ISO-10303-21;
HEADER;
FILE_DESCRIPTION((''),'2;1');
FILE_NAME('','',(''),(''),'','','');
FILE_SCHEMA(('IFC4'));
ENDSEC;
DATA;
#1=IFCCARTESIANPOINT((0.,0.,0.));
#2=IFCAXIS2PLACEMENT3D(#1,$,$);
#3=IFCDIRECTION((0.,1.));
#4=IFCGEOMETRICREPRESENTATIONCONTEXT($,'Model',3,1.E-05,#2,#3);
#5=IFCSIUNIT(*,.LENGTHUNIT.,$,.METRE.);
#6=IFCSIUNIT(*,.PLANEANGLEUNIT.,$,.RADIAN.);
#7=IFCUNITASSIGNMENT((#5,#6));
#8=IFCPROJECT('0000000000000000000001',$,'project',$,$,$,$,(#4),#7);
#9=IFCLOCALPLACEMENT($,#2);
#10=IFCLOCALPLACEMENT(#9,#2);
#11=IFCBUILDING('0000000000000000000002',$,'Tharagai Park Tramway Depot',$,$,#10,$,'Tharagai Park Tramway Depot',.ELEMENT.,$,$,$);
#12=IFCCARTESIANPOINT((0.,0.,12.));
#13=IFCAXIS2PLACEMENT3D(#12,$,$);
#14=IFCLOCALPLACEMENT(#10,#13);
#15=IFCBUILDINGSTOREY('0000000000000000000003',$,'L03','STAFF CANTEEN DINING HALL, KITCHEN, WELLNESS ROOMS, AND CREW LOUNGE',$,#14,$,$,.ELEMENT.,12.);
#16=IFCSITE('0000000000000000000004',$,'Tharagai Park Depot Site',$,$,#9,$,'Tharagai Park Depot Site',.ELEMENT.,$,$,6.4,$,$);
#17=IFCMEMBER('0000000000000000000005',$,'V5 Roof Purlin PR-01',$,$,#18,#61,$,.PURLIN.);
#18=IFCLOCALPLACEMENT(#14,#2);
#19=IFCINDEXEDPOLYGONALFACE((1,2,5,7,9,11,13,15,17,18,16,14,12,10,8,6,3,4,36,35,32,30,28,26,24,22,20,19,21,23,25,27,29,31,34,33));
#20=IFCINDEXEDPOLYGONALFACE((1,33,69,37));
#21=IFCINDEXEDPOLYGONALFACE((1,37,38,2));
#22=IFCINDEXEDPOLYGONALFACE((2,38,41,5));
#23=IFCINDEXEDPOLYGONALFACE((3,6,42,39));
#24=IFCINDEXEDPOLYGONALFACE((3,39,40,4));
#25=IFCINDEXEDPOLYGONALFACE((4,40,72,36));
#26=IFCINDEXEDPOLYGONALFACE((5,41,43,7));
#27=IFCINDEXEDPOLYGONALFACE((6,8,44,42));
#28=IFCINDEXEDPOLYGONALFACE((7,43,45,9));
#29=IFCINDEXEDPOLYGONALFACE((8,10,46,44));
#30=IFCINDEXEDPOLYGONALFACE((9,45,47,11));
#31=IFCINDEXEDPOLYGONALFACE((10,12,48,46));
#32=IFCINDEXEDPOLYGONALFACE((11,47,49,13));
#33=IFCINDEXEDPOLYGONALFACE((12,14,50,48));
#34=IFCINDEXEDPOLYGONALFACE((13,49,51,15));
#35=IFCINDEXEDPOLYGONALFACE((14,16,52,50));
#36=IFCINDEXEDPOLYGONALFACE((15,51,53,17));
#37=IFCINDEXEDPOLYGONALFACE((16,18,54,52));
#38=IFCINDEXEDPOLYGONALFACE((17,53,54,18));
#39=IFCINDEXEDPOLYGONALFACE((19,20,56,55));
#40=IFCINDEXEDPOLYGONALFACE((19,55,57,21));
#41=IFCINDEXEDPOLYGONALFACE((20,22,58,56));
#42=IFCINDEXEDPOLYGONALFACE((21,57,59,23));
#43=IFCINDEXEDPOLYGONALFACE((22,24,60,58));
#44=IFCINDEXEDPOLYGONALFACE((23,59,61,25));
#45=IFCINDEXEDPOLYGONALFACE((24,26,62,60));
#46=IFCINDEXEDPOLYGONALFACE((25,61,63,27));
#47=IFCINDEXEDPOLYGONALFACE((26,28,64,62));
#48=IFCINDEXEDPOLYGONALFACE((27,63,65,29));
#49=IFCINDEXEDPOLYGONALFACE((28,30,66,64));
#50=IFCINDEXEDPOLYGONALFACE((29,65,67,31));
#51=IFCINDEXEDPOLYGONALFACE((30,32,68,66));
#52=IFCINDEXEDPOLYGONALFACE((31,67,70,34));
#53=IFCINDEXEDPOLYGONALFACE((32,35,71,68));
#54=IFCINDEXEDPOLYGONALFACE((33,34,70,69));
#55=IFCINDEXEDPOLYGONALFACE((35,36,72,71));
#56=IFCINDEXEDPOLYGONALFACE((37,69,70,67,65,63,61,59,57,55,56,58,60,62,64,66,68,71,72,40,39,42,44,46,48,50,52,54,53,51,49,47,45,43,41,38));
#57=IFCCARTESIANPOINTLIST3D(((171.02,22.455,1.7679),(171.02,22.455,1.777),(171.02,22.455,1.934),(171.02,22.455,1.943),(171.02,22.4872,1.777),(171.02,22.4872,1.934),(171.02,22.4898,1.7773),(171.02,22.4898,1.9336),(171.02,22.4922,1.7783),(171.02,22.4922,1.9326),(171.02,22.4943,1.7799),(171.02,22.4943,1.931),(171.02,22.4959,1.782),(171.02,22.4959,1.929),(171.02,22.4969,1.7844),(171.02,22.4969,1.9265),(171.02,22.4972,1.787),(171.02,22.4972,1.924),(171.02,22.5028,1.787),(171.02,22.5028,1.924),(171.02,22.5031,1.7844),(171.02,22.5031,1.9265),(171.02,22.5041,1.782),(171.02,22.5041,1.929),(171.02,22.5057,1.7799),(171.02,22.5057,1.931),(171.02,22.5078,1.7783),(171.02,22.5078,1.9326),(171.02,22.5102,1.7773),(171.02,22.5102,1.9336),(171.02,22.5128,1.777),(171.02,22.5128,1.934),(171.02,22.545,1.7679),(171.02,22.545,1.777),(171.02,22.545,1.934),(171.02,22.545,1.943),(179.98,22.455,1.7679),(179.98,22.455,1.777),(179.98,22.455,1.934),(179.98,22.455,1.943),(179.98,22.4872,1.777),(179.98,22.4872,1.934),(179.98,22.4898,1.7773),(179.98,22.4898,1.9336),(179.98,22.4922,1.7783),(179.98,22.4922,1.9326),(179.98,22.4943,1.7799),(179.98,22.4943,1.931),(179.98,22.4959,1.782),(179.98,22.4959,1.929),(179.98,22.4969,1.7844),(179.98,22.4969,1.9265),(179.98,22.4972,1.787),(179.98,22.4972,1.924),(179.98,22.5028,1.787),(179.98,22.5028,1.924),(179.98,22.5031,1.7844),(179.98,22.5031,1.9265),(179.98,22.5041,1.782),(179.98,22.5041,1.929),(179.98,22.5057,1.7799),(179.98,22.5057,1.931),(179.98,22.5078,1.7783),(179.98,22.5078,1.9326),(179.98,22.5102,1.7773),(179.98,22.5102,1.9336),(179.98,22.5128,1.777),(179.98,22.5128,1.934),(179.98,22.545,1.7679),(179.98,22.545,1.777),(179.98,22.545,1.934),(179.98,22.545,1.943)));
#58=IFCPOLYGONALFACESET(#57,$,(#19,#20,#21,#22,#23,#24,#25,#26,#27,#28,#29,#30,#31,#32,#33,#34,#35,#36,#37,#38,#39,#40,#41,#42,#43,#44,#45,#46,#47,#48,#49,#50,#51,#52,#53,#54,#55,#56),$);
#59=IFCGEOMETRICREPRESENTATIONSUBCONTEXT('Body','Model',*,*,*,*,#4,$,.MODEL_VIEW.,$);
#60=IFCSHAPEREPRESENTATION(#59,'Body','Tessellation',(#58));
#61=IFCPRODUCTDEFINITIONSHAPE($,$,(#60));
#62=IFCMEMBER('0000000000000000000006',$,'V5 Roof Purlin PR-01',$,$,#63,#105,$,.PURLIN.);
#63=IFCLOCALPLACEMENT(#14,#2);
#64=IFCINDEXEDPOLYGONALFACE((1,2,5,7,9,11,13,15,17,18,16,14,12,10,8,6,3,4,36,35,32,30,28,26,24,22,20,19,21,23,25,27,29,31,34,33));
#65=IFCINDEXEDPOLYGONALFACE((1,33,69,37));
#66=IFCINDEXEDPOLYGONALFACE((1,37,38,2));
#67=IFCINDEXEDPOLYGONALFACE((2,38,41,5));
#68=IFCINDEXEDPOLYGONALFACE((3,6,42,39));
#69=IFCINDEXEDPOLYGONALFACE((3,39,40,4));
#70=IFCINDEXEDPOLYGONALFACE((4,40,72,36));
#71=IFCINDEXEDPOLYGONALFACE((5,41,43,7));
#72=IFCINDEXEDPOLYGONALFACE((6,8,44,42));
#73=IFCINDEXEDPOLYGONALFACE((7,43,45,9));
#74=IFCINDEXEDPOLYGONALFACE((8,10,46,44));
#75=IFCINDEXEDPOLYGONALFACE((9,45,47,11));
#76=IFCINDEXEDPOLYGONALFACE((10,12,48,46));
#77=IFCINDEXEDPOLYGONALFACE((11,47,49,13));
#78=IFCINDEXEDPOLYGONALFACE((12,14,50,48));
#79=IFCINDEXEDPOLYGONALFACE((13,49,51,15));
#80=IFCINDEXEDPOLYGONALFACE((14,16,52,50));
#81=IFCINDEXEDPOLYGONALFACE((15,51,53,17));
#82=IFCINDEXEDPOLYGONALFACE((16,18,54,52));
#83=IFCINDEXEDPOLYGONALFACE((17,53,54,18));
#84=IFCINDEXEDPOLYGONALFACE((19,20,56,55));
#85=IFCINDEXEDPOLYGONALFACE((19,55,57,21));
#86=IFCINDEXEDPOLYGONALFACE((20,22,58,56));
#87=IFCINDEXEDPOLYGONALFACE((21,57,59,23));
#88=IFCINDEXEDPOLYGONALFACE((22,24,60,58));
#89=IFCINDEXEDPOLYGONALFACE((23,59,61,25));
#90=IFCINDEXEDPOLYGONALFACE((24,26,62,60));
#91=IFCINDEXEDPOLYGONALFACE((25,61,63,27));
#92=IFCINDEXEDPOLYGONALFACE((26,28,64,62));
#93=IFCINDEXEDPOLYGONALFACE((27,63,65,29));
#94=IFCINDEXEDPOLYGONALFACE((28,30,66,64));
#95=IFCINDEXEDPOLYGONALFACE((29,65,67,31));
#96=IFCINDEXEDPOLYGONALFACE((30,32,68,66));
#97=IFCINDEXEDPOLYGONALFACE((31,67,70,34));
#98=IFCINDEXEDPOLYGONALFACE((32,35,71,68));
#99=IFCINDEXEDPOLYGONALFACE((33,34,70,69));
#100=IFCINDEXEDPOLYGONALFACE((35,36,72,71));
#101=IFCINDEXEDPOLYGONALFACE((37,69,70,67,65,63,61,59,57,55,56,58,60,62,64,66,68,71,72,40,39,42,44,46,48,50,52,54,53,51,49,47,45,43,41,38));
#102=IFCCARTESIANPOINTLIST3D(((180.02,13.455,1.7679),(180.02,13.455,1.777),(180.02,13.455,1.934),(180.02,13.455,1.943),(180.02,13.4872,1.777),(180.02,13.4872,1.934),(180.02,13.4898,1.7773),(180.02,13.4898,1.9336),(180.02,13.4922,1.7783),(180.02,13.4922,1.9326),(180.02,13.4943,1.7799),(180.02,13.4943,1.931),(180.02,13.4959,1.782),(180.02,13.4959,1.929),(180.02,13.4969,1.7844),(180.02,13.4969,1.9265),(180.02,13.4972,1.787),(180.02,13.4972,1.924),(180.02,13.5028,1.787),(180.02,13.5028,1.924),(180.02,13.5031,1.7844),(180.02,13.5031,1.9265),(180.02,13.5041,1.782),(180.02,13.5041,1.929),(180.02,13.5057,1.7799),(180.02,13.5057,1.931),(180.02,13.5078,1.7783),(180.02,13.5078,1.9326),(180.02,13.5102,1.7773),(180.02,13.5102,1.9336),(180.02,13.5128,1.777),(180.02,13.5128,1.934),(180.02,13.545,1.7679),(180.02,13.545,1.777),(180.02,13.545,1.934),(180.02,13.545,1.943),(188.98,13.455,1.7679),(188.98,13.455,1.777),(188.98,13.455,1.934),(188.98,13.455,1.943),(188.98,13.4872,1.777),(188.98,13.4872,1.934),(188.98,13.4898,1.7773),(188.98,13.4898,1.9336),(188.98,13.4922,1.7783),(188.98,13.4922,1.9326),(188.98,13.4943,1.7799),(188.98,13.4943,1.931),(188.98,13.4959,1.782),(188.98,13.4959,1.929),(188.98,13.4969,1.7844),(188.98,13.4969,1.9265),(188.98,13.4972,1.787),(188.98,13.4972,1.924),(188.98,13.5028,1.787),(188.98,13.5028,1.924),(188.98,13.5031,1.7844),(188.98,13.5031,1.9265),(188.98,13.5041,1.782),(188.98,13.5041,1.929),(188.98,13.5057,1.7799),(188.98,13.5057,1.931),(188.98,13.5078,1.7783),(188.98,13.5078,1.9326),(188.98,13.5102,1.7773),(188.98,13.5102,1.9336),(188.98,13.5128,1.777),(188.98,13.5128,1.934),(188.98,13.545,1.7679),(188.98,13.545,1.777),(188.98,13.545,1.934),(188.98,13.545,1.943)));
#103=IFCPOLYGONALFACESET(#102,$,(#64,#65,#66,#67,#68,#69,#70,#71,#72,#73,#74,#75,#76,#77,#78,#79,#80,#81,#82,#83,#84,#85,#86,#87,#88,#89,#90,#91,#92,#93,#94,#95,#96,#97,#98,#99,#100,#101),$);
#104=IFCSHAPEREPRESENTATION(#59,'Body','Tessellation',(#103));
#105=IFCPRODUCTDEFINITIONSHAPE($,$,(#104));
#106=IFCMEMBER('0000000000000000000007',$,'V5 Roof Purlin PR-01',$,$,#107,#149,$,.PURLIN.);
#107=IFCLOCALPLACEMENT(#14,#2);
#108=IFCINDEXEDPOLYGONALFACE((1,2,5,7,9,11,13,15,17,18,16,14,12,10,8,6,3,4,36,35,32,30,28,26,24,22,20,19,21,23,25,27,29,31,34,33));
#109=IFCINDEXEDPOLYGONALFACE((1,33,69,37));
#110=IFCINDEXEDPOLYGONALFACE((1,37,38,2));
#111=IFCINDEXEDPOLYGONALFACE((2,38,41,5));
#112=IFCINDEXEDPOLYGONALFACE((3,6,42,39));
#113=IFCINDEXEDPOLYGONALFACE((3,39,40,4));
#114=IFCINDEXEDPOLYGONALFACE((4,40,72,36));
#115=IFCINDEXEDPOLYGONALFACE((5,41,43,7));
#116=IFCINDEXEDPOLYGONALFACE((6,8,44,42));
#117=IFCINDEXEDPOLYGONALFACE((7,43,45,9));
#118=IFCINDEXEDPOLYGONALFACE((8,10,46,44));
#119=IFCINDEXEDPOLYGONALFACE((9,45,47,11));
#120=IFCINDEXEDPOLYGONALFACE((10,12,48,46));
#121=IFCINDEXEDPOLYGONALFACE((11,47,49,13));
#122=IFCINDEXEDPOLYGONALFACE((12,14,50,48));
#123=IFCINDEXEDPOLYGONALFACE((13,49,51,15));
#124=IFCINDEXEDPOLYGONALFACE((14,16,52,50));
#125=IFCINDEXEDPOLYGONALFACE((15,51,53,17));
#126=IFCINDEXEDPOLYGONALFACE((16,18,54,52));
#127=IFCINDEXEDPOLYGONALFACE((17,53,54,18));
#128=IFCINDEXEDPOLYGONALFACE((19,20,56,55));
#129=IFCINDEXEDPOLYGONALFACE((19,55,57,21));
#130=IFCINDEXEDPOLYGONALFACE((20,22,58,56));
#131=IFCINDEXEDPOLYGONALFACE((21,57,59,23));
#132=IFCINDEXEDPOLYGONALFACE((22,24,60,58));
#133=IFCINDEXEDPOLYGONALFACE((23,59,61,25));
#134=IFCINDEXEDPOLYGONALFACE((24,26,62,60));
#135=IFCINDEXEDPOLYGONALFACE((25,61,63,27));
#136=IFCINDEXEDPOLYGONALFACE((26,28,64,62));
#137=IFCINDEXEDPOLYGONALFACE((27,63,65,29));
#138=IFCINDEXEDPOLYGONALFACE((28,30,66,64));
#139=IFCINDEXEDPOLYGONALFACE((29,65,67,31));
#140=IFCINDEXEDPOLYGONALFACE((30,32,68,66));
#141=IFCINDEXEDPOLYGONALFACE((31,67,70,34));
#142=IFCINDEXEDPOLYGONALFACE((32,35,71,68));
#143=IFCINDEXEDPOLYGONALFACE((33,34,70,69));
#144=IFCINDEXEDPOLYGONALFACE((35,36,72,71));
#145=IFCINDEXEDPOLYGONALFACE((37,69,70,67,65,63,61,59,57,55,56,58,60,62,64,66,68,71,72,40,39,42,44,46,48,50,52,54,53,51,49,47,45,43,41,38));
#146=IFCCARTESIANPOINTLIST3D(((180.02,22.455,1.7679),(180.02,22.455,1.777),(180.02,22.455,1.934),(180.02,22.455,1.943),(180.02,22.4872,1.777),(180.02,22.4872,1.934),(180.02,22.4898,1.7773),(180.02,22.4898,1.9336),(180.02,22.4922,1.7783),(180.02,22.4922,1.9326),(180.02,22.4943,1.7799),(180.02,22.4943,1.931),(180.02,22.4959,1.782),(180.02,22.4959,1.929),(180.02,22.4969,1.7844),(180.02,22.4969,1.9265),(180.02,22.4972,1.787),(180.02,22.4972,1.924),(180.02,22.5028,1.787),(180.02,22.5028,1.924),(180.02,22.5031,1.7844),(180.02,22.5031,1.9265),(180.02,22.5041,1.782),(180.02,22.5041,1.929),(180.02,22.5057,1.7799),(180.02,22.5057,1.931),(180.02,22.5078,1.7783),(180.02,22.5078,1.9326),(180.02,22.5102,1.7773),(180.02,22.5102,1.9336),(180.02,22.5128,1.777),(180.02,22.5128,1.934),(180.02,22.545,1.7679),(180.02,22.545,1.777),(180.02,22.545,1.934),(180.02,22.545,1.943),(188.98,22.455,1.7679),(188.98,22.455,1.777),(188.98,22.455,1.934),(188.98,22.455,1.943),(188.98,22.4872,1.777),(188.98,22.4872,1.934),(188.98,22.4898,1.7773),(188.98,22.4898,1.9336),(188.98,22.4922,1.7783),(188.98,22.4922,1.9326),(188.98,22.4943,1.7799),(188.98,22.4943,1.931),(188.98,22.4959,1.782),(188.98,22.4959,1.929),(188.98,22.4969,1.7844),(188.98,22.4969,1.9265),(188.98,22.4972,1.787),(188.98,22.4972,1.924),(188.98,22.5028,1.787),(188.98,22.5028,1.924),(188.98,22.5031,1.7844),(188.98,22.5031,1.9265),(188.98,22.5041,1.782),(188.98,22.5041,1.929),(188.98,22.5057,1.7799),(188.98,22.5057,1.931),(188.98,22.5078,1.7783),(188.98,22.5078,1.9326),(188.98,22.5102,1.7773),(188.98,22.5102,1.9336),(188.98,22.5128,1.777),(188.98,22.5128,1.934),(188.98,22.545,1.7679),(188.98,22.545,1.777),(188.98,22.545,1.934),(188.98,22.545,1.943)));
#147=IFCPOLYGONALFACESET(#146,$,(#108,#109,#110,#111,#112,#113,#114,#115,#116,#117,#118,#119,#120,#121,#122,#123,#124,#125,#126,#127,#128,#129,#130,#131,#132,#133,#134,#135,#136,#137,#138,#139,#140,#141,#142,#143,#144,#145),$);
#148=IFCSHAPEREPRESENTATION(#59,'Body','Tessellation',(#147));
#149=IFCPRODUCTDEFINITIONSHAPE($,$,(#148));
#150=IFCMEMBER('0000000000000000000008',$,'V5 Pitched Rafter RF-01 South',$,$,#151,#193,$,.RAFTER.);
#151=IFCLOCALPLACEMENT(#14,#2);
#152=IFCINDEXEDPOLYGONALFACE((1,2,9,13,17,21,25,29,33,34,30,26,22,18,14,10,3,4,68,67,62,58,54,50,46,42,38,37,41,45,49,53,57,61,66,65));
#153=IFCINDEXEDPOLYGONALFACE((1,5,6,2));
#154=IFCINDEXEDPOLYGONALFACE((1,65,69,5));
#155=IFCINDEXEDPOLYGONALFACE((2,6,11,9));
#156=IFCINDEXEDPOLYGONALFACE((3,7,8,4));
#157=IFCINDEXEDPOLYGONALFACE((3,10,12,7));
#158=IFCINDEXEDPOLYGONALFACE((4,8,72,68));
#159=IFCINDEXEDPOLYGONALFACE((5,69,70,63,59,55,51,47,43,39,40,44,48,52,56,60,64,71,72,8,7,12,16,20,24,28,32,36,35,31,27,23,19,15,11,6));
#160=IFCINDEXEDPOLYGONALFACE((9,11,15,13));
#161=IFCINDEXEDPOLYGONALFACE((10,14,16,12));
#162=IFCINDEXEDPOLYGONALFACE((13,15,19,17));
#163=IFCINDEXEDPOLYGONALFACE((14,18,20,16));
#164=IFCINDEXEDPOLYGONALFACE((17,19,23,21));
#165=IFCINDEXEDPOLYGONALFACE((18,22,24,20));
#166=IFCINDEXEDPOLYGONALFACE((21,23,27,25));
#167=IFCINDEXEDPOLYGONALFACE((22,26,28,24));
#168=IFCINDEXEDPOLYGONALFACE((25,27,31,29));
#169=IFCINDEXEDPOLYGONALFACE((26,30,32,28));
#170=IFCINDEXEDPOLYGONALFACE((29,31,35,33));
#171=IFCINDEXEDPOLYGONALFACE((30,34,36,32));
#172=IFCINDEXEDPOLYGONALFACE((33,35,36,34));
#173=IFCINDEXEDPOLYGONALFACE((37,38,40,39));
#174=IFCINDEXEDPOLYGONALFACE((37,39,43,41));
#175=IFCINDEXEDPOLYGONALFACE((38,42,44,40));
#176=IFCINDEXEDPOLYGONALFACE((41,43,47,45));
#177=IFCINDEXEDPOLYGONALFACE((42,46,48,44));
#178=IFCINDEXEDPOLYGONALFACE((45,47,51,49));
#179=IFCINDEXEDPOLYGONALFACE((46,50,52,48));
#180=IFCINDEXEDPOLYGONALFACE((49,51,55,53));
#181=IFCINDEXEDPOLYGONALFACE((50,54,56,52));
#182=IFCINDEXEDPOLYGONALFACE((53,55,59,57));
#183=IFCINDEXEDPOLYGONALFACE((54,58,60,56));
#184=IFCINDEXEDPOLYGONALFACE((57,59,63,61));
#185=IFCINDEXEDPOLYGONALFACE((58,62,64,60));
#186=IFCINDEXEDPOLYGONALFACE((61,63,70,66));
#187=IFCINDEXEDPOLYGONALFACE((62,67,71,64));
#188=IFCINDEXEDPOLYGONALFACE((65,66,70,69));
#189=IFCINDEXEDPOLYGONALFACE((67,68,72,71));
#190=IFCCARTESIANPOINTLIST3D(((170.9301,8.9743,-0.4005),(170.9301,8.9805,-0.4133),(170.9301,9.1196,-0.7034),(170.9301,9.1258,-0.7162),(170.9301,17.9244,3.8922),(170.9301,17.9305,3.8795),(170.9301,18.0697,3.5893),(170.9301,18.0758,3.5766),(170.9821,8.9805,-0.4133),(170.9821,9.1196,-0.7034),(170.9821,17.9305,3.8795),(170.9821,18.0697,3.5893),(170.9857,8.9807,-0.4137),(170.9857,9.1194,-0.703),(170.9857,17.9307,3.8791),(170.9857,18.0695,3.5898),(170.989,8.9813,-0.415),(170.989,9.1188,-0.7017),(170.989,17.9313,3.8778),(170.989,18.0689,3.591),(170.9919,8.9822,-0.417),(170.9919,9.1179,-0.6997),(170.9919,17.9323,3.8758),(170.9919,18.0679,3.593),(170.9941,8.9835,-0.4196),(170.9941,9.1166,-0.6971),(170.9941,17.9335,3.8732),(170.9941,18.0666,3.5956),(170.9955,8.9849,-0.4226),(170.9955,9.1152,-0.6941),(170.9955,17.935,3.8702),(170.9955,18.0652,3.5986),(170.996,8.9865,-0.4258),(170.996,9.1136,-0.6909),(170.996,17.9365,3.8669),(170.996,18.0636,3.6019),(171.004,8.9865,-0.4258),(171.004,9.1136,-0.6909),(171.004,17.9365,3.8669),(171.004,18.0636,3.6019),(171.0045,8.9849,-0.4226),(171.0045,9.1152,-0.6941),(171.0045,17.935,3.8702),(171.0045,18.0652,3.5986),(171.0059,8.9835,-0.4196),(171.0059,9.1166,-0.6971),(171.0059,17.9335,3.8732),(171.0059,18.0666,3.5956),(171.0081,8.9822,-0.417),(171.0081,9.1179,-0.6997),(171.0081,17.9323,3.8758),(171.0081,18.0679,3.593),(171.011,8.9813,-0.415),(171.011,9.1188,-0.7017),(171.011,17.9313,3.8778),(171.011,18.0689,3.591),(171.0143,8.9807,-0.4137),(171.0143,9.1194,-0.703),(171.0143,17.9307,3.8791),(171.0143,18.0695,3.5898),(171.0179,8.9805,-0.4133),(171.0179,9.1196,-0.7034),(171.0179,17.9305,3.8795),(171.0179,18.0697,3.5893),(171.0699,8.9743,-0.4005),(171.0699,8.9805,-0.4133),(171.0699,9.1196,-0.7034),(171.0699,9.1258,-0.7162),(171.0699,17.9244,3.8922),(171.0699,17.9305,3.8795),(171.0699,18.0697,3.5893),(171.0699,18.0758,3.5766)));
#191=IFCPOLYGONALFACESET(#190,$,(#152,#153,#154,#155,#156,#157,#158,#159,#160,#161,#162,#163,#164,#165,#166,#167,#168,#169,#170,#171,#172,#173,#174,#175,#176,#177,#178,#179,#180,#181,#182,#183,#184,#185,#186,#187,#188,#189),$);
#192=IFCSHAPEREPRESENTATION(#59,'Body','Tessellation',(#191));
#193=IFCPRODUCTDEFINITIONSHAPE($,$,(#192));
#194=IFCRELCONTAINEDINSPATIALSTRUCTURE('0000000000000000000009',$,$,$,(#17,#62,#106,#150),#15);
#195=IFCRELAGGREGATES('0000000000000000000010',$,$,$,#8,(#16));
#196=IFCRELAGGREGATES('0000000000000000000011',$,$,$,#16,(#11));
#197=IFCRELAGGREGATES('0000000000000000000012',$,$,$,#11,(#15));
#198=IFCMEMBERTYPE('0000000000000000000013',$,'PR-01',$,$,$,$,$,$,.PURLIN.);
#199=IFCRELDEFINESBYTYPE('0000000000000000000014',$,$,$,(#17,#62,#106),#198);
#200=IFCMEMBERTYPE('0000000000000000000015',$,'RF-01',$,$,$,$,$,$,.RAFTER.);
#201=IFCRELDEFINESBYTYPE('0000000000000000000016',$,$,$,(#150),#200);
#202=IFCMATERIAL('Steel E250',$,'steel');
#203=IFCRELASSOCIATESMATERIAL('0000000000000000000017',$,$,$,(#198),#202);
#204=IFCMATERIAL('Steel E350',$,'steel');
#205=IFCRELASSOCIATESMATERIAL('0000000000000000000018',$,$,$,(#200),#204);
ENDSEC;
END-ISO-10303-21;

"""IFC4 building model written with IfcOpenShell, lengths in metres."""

from ifc_helpers import new_model, si_unit, direction, frame, origin, origin_2d, place, context, subcontext, project, spatial, i_section, extrude, material, material_profile, profile_set, type_object, element, save


model = new_model("IFC4")

# Units and contexts
model_context = context("Model", 3, precision=1e-05, world=origin(), true_north=direction((0.0, 1.0)))
body_context = subcontext(model_context, "Body", "Model", "MODEL_VIEW")
ifc_project = project(units=[si_unit("LENGTHUNIT", "METRE"), si_unit("PLANEANGLEUNIT", "RADIAN")], contexts=[model_context])

# Site, building, storey
site_placement = place(None, origin())
site = spatial("IfcSite", under=ifc_project, at=site_placement, Name="Tharagai Park Depot Site", LongName="Tharagai Park Depot Site", CompositionType="ELEMENT", RefElevation=6.4)
building_placement = place(site_placement, origin())
building = spatial("IfcBuilding", under=site, at=building_placement, Name="Tharagai Park Tramway Depot", LongName="Tharagai Park Tramway Depot", CompositionType="ELEMENT")
storey_placement = place(building_placement, frame((0.0, 0.0, 12.0)))
storey = spatial("IfcBuildingStorey", under=building, at=storey_placement, Name="L03", Description="STAFF CANTEEN DINING HALL, KITCHEN, WELLNESS ROOMS, AND CREW LOUNGE", CompositionType="ELEMENT", Elevation=12.0)

# Shared definitions
ifc_material_1 = material(Name="Steel E350", Category="steel")

# Members
ifc_material_2 = material(Name="Steel E250", Category="steel")
ifc_material_profile_1 = material_profile(ifc_material_2, i_section(OverallWidth=0.0901, OverallDepth=0.175, WebThickness=0.0056, FlangeThickness=0.009, FilletRadius=0.01, at=origin_2d()), Name="ISMB 175")
ifc_profile_set_1 = profile_set([ifc_material_profile_1], Name="Steel E250")
member_type_1 = type_object("IfcMemberType", Name="PR-01", PredefinedType="PURLIN", material=ifc_profile_set_1)
for number, where, z_axis, x_axis, name in (
    (1, (171.02, 22.5, 1.8555), (1.0, 0.0, 0.0), (0.0, 1.0, 0.0), "V5 Roof Purlin PR-01"),
    (2, (180.02, 13.5, 1.8555), (1.0, 0.0, 0.0), (0.0, 1.0, 0.0), "V5 Roof Purlin PR-01"),
    (3, (180.02, 22.5, 1.8555), (1.0, 0.0, 0.0), (0.0, 1.0, 0.0), "V5 Roof Purlin PR-01"),
):
    element("IfcMember", number, at=place(storey_placement, frame(where, z_axis=z_axis, x_axis=x_axis)), inside=storey, type_object=member_type_1, Name=name, PredefinedType="PURLIN", context=body_context, shape_type="SweptSolid", body=[
        extrude(i_section(OverallWidth=0.0901, OverallDepth=0.175, WebThickness=0.0056, FlangeThickness=0.009, FilletRadius=0.01, at=origin_2d()), origin(), (0.0, 0.0, 1.0), 8.96),
    ])
ifc_material_profile_2 = material_profile(ifc_material_1, i_section(OverallWidth=0.1399, OverallDepth=0.3501, WebThickness=0.0081, FlangeThickness=0.0142, FilletRadius=0.0139, at=origin_2d()), Name="ISMB 350")
ifc_profile_set_2 = profile_set([ifc_material_profile_2], Name="Steel E350")
member_type_2 = type_object("IfcMemberType", Name="RF-01", PredefinedType="RAFTER", material=ifc_profile_set_2)
for number, where, z_axis, x_axis, name in (
    (4, (171.0, 9.05, -0.5583), (0.0, 0.901651, 0.432465), (-1.0, 0.0, 0.0), "V5 Pitched Rafter RF-01 South"),
):
    element("IfcMember", number, at=place(storey_placement, frame(where, z_axis=z_axis, x_axis=x_axis)), inside=storey, type_object=member_type_2, Name=name, PredefinedType="RAFTER", context=body_context, shape_type="SweptSolid", body=[
        extrude(i_section(OverallWidth=0.1399, OverallDepth=0.3501, WebThickness=0.0081, FlangeThickness=0.0142, FilletRadius=0.0139, at=origin_2d()), origin(), (0.0, 0.0, 1.0), 9.9263),
    ])

save(model, "model.ifc")
